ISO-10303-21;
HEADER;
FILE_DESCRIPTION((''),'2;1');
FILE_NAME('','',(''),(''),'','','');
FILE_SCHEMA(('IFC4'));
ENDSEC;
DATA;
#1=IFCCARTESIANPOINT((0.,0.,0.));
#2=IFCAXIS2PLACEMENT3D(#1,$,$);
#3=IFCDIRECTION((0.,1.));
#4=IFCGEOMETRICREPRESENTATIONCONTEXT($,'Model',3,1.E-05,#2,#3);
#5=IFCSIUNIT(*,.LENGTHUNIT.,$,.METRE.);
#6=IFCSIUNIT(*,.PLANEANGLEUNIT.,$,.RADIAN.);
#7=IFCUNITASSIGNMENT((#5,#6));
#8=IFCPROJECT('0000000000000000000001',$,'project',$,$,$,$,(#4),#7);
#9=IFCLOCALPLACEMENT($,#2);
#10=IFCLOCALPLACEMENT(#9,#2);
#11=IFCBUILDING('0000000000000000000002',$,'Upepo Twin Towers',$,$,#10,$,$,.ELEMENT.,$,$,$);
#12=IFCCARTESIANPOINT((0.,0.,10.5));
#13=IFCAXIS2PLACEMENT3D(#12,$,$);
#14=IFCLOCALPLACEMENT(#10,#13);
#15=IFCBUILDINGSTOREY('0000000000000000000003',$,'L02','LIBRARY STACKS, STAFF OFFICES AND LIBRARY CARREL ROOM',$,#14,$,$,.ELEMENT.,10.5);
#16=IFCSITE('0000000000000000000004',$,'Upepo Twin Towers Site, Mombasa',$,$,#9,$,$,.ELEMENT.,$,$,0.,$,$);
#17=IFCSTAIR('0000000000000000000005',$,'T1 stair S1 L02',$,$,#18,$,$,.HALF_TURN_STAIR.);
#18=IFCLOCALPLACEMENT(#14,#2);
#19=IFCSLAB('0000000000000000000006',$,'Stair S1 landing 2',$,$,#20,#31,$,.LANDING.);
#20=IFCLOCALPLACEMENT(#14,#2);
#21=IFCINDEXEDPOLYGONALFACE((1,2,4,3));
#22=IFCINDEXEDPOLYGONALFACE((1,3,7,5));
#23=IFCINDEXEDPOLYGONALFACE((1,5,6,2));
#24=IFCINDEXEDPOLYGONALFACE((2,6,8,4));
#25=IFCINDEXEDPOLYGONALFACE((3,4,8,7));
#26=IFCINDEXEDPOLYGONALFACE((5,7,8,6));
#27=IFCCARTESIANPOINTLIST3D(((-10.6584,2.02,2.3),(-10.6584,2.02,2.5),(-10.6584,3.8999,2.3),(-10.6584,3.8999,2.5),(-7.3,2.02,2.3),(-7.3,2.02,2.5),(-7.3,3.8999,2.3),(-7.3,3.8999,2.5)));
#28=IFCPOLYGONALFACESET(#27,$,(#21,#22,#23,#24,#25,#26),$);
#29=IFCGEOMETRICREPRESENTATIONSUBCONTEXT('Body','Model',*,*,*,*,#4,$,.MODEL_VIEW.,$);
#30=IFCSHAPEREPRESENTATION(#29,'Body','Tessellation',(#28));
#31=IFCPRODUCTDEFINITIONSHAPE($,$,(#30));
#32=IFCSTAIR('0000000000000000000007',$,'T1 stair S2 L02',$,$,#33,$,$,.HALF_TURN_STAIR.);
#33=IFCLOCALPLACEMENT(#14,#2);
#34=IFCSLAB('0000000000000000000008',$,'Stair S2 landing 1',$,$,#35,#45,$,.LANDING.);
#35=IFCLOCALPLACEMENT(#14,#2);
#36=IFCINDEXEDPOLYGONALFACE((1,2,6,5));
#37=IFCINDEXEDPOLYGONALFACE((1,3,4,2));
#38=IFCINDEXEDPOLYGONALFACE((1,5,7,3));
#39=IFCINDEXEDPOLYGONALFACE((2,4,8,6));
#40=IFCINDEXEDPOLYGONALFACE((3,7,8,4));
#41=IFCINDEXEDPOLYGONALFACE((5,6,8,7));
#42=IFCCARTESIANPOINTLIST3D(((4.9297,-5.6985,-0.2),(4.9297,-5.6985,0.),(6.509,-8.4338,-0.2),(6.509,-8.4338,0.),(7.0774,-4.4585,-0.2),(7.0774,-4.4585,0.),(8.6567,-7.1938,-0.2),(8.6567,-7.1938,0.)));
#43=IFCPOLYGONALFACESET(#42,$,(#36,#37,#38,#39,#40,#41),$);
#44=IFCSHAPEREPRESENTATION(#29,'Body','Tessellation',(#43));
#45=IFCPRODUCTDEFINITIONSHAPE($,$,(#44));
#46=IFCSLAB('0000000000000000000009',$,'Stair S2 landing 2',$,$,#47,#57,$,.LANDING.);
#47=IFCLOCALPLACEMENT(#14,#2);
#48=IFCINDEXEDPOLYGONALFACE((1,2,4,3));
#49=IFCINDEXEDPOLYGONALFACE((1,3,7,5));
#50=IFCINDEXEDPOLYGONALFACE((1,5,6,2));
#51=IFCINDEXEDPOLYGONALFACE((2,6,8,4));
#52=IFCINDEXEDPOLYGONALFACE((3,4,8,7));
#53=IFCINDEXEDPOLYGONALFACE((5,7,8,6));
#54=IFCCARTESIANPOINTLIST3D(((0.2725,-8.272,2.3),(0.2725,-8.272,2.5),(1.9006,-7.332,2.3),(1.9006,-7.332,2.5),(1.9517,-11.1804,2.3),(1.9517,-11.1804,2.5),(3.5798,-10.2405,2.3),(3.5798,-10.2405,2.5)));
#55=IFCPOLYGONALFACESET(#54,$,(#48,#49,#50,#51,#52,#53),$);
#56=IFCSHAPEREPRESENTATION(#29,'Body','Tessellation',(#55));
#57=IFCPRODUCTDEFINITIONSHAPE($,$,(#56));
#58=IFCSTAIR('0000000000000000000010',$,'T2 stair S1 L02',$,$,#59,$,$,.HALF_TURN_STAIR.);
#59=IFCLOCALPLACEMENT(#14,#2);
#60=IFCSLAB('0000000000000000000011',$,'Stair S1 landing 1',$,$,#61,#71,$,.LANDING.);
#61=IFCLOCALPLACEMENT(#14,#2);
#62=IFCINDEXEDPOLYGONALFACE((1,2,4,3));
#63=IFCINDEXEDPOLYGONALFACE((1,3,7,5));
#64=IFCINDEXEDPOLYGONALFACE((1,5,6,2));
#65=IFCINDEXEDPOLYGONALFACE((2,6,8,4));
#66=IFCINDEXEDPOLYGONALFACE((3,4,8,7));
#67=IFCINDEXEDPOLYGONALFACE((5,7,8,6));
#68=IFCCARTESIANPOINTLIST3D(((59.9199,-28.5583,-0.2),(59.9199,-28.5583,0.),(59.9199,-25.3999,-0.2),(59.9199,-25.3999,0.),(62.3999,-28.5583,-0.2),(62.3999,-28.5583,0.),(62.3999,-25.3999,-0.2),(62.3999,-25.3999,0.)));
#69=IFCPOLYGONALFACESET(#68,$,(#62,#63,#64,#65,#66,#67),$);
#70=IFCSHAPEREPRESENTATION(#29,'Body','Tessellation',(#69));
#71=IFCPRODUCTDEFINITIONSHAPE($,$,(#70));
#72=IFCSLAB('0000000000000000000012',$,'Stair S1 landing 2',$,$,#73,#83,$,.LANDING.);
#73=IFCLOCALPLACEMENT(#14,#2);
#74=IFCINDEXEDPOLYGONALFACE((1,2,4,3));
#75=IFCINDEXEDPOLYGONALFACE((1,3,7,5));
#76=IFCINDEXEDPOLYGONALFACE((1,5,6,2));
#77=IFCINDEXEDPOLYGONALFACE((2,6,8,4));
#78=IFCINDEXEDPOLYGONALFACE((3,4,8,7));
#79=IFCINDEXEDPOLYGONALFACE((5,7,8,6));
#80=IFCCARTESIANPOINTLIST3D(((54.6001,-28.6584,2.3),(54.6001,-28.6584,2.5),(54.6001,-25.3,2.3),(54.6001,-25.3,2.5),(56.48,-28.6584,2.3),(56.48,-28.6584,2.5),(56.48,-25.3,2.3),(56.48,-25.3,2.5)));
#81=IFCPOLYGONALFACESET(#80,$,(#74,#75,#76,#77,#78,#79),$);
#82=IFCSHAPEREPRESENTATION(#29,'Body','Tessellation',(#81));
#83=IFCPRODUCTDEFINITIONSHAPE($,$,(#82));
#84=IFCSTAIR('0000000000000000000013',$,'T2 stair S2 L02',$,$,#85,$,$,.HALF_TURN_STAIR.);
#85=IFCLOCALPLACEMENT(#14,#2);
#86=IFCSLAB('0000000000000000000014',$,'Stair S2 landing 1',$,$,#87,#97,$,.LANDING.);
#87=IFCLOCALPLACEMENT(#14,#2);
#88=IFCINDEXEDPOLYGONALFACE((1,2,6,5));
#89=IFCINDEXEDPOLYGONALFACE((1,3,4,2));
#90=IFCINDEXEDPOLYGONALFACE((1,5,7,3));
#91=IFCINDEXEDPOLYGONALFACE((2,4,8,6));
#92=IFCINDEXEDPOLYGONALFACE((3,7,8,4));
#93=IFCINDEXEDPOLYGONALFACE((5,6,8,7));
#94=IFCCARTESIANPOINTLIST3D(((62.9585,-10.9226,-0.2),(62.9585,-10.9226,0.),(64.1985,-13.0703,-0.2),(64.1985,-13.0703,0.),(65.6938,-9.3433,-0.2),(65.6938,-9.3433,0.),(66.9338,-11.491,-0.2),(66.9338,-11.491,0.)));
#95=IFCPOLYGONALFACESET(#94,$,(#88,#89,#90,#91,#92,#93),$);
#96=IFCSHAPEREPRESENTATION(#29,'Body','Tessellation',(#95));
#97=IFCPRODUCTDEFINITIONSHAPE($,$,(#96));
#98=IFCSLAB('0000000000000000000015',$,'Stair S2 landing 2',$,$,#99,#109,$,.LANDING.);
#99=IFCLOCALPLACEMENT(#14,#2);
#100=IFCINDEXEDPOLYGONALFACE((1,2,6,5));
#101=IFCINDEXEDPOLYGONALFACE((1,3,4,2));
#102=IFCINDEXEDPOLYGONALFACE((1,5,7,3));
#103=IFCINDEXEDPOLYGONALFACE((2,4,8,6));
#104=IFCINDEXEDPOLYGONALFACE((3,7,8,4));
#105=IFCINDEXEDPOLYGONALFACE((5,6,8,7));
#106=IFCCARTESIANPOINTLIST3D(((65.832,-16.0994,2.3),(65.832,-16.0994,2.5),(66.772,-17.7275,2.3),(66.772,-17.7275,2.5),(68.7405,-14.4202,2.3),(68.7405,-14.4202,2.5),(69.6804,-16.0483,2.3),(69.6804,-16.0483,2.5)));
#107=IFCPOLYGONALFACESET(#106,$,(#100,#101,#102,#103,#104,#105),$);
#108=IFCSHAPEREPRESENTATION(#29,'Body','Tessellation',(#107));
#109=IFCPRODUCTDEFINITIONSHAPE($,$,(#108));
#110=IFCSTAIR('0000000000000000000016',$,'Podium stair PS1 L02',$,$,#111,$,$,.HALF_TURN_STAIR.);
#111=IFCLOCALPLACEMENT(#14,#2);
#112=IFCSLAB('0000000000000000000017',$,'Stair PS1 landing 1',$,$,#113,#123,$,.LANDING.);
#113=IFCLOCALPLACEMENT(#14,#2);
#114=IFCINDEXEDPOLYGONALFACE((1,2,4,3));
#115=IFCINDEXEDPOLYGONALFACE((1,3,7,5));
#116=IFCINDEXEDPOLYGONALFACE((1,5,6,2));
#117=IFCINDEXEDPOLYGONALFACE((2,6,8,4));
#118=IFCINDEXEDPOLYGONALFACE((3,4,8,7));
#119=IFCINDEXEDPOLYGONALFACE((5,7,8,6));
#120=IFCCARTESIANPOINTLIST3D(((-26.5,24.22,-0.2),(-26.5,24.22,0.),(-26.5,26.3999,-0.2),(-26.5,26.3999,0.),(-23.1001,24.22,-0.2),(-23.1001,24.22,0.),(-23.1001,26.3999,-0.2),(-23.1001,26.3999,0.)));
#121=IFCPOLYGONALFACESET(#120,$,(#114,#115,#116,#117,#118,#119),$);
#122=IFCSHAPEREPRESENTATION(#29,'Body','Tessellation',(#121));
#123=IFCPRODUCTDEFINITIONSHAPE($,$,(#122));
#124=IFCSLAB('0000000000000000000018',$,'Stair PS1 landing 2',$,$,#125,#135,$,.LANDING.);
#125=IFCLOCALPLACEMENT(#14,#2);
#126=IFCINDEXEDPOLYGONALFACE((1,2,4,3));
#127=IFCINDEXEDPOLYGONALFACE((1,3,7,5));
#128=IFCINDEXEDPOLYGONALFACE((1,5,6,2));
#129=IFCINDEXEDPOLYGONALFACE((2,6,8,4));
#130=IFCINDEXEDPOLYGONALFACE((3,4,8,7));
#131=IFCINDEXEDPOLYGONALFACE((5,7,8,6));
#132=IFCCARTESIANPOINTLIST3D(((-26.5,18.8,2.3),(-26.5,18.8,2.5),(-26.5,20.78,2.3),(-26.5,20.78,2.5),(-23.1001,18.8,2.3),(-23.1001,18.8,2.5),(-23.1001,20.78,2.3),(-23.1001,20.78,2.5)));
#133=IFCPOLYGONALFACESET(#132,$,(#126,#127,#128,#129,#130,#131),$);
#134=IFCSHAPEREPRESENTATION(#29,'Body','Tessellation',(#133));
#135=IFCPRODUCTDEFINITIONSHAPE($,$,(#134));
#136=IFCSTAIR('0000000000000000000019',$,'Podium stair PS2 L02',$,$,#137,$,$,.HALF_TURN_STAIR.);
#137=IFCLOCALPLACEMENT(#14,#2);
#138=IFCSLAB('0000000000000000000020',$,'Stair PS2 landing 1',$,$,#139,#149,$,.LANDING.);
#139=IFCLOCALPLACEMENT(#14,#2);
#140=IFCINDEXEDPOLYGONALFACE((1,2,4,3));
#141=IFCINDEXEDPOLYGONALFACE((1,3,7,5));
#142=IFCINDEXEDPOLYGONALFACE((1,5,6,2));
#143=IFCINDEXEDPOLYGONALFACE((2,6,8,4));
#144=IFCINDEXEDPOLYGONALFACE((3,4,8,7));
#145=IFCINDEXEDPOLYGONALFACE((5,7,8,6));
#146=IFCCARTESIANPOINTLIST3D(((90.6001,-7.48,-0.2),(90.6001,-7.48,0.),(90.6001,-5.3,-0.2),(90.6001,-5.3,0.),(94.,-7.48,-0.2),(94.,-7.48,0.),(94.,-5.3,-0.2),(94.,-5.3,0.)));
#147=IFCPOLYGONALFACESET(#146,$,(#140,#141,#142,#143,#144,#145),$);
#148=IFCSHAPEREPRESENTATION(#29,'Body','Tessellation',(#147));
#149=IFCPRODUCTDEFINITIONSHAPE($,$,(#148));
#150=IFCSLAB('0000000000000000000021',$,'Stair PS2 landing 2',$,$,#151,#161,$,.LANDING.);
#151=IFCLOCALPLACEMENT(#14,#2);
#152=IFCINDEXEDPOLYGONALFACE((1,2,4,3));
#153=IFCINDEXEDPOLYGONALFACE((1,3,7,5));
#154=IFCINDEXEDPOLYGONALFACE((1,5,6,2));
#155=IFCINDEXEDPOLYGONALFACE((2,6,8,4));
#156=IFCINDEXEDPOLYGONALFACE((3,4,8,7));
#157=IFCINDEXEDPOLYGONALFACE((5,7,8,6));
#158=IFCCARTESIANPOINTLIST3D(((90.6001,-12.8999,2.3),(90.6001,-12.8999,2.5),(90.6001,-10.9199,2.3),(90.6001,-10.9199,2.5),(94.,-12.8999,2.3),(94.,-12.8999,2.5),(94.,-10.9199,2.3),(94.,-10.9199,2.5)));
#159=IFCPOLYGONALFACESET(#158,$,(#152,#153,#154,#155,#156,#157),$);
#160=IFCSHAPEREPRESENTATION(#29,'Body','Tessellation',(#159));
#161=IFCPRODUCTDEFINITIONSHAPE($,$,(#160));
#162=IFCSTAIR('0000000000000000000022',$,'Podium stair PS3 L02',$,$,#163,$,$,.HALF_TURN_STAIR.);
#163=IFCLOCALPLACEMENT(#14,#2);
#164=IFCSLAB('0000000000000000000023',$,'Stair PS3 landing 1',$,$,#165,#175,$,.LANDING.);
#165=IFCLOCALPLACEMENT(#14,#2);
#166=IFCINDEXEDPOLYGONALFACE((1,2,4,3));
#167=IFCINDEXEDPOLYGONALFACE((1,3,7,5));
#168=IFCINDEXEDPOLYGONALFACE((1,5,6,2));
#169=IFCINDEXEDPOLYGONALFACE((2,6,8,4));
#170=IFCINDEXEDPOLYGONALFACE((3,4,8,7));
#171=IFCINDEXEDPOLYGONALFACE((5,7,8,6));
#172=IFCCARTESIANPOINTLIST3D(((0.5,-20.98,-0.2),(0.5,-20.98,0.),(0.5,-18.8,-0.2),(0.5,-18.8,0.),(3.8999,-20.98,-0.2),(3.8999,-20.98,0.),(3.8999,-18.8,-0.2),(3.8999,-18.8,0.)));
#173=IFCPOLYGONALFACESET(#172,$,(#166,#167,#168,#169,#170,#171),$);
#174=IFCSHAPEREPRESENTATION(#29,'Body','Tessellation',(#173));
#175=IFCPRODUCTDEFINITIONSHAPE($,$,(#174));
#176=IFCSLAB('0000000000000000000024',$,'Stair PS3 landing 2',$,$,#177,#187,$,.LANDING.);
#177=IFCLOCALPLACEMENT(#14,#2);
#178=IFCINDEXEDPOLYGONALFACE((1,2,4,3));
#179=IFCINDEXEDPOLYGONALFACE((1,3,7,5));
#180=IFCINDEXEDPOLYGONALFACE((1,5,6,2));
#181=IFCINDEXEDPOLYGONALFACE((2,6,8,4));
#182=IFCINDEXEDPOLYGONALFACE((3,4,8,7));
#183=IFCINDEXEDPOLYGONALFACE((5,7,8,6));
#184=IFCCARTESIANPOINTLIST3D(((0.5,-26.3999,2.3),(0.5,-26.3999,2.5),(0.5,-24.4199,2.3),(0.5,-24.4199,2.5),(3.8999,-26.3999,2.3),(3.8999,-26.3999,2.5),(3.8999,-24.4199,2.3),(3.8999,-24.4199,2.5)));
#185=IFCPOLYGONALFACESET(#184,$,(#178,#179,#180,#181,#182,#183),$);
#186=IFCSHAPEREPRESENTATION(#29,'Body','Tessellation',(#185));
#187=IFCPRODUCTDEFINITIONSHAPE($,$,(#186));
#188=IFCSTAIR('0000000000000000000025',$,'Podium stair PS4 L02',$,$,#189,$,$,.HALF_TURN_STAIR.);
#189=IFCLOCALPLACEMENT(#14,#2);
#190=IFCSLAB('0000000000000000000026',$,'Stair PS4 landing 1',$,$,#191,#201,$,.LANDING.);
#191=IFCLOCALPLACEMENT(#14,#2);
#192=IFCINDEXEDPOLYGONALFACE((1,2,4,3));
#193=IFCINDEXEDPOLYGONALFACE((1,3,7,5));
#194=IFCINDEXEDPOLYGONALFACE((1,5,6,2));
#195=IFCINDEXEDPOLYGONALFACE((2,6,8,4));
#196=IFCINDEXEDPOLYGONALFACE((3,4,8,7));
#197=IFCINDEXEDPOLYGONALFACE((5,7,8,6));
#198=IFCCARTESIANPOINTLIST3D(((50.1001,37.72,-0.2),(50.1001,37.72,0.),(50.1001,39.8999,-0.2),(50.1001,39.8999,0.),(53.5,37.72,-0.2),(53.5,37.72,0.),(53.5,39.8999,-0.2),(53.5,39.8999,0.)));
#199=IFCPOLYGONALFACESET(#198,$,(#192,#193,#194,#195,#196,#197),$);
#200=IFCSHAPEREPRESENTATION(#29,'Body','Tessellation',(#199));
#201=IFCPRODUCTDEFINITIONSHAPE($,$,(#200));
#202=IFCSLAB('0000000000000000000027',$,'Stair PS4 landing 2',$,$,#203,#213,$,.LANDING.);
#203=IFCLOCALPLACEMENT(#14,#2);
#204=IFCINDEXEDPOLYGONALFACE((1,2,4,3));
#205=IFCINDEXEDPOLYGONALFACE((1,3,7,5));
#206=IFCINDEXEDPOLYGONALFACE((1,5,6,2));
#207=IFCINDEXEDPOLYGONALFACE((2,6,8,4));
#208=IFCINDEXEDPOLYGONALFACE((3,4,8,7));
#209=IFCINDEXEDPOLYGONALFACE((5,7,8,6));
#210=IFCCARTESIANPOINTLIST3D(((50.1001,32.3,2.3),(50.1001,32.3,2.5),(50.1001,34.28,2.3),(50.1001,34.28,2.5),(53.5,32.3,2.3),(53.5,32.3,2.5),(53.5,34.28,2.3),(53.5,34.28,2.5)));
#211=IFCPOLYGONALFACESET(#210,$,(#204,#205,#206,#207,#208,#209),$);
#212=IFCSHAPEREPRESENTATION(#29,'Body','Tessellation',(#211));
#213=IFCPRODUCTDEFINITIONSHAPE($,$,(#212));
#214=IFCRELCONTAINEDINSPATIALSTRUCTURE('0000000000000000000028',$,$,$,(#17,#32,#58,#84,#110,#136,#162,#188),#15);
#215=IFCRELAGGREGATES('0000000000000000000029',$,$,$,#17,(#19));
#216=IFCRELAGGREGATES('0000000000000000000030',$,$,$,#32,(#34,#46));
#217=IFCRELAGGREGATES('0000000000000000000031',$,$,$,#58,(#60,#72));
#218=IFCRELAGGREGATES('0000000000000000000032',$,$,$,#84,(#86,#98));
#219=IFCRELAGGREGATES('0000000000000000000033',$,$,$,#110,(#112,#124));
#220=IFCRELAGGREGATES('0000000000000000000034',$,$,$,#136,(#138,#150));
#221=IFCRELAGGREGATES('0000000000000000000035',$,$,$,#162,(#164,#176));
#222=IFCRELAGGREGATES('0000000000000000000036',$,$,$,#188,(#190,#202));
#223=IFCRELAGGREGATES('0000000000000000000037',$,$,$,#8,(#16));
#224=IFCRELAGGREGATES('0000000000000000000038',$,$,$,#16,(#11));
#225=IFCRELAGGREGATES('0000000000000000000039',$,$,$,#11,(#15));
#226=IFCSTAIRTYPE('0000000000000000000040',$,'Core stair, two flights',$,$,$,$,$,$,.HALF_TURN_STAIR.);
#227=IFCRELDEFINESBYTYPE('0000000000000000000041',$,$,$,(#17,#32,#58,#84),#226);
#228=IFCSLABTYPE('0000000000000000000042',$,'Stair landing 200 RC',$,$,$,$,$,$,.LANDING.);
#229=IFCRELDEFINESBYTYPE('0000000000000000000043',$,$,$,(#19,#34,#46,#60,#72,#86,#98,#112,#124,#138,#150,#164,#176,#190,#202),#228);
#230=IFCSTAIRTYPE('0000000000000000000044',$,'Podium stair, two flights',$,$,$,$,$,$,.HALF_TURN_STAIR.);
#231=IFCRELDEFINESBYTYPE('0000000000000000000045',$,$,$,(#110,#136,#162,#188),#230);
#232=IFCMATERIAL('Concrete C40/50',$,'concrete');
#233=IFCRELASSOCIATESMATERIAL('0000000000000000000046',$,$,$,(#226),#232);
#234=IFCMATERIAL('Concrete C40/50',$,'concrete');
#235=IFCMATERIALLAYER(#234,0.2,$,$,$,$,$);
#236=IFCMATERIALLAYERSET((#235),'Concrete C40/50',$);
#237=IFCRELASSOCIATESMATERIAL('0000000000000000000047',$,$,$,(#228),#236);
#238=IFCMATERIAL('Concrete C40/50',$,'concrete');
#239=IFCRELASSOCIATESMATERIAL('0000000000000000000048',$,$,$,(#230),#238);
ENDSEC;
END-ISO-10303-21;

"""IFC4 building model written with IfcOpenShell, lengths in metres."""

from ifc_helpers import new_model, si_unit, direction, frame, origin, place, context, subcontext, project, spatial, polyline, outline, extrude, material, layer, layer_set, type_object, element, aggregate, save


model = new_model("IFC4")

# Units and contexts
model_context = context("Model", 3, precision=1e-05, world=origin(), true_north=direction((0.0, 1.0)))
body_context = subcontext(model_context, "Body", "Model", "MODEL_VIEW")
ifc_project = project(units=[si_unit("LENGTHUNIT", "METRE"), si_unit("PLANEANGLEUNIT", "RADIAN")], contexts=[model_context])

# Site, building, storey
site_placement = place(None, origin())
site = spatial("IfcSite", under=ifc_project, at=site_placement, Name="Upepo Twin Towers Site, Mombasa", CompositionType="ELEMENT", RefElevation=0.0)
building_placement = place(site_placement, origin())
building = spatial("IfcBuilding", under=site, at=building_placement, Name="Upepo Twin Towers", CompositionType="ELEMENT")
storey_placement = place(building_placement, frame((0.0, 0.0, 10.5)))
storey = spatial("IfcBuildingStorey", under=building, at=storey_placement, Name="L02", Description="LIBRARY STACKS, STAFF OFFICES AND LIBRARY CARREL ROOM", CompositionType="ELEMENT", Elevation=10.5)

# Stair, slab
ifc_material_1 = material(Name="Concrete C40/50", Category="concrete")
stair_type_1 = type_object("IfcStairType", Name="Core stair, two flights", PredefinedType="HALF_TURN_STAIR", material=ifc_material_1)
stair_1_placement = place(storey_placement, origin())
stair_1 = element("IfcStair", 1, at=stair_1_placement, inside=storey, type_object=stair_type_1, Name="T1 stair S1 L02", PredefinedType="HALF_TURN_STAIR")
ifc_material_2 = material(Name="Concrete C40/50", Category="concrete")
ifc_layer_1 = layer(ifc_material_2, 0.2)
ifc_layer_set_1 = layer_set([ifc_layer_1], Name="Concrete C40/50")
slab_type = type_object("IfcSlabType", Name="Stair landing 200 RC", PredefinedType="LANDING", material=ifc_layer_set_1)
slab_1_placement = place(storey_placement, frame((0.0, 0.0, 2.3)))
slab_1 = element("IfcSlab", 2, at=slab_1_placement, type_object=slab_type, Name="Stair S1 landing 2", PredefinedType="LANDING", context=body_context, shape_type="SweptSolid", body=[
    extrude(outline(polyline([(-7.3, 3.8999), (-10.6584, 3.8999), (-10.6584, 2.02), (-7.3, 2.02), (-7.3, 3.8999)])), origin(), (0.0, 0.0, 1.0), 0.2),
])
aggregate(stair_1, [slab_1])

# Stairs, slabs
stair_2_placement = place(storey_placement, origin())
stair_2 = element("IfcStair", 3, at=stair_2_placement, inside=storey, type_object=stair_type_1, Name="T1 stair S2 L02", PredefinedType="HALF_TURN_STAIR")
slab_2_placement = place(storey_placement, frame((0.0, 0.0, -0.2)))
slab_2 = element("IfcSlab", 4, at=slab_2_placement, type_object=slab_type, Name="Stair S2 landing 1", PredefinedType="LANDING", context=body_context, shape_type="SweptSolid", body=[
    extrude(outline(polyline([(4.9297, -5.6985), (6.509, -8.4338), (8.6567, -7.1938), (7.0774, -4.4585), (4.9297, -5.6985)])), origin(), (0.0, 0.0, 1.0), 0.2),
])
slab_3_placement = place(storey_placement, frame((0.0, 0.0, 2.3)))
slab_3 = element("IfcSlab", 5, at=slab_3_placement, type_object=slab_type, Name="Stair S2 landing 2", PredefinedType="LANDING", context=body_context, shape_type="SweptSolid", body=[
    extrude(outline(polyline([(0.2725, -8.272), (1.9517, -11.1804), (3.5798, -10.2405), (1.9006, -7.332), (0.2725, -8.272)])), origin(), (0.0, 0.0, 1.0), 0.2),
])
aggregate(stair_2, [slab_2, slab_3])
stair_3_placement = place(storey_placement, origin())
stair_3 = element("IfcStair", 6, at=stair_3_placement, inside=storey, type_object=stair_type_1, Name="T2 stair S1 L02", PredefinedType="HALF_TURN_STAIR")
slab_4_placement = place(storey_placement, frame((0.0, 0.0, -0.2)))
slab_4 = element("IfcSlab", 7, at=slab_4_placement, type_object=slab_type, Name="Stair S1 landing 1", PredefinedType="LANDING", context=body_context, shape_type="SweptSolid", body=[
    extrude(outline(polyline([(59.9199, -25.3999), (59.9199, -28.5583), (62.3999, -28.5583), (62.3999, -25.3999), (59.9199, -25.3999)])), origin(), (0.0, 0.0, 1.0), 0.2),
])
slab_5_placement = place(storey_placement, frame((0.0, 0.0, 2.3)))
slab_5 = element("IfcSlab", 8, at=slab_5_placement, type_object=slab_type, Name="Stair S1 landing 2", PredefinedType="LANDING", context=body_context, shape_type="SweptSolid", body=[
    extrude(outline(polyline([(54.6001, -25.3), (54.6001, -28.6584), (56.48, -28.6584), (56.48, -25.3), (54.6001, -25.3)])), origin(), (0.0, 0.0, 1.0), 0.2),
])
aggregate(stair_3, [slab_4, slab_5])
stair_4_placement = place(storey_placement, origin())
stair_4 = element("IfcStair", 9, at=stair_4_placement, inside=storey, type_object=stair_type_1, Name="T2 stair S2 L02", PredefinedType="HALF_TURN_STAIR")
slab_6_placement = place(storey_placement, frame((0.0, 0.0, -0.2)))
slab_6 = element("IfcSlab", 10, at=slab_6_placement, type_object=slab_type, Name="Stair S2 landing 1", PredefinedType="LANDING", context=body_context, shape_type="SweptSolid", body=[
    extrude(outline(polyline([(64.1985, -13.0703), (66.9338, -11.491), (65.6938, -9.3433), (62.9585, -10.9226), (64.1985, -13.0703)])), origin(), (0.0, 0.0, 1.0), 0.2),
])
slab_7_placement = place(storey_placement, frame((0.0, 0.0, 2.3)))
slab_7 = element("IfcSlab", 11, at=slab_7_placement, type_object=slab_type, Name="Stair S2 landing 2", PredefinedType="LANDING", context=body_context, shape_type="SweptSolid", body=[
    extrude(outline(polyline([(66.772, -17.7275), (69.6804, -16.0483), (68.7405, -14.4202), (65.832, -16.0994), (66.772, -17.7275)])), origin(), (0.0, 0.0, 1.0), 0.2),
])
aggregate(stair_4, [slab_6, slab_7])
ifc_material_3 = material(Name="Concrete C40/50", Category="concrete")
stair_type_2 = type_object("IfcStairType", Name="Podium stair, two flights", PredefinedType="HALF_TURN_STAIR", material=ifc_material_3)
stair_5_placement = place(storey_placement, origin())
stair_5 = element("IfcStair", 12, at=stair_5_placement, inside=storey, type_object=stair_type_2, Name="Podium stair PS1 L02", PredefinedType="HALF_TURN_STAIR")
slab_8_placement = place(storey_placement, frame((0.0, 0.0, -0.2)))
slab_8 = element("IfcSlab", 13, at=slab_8_placement, type_object=slab_type, Name="Stair PS1 landing 1", PredefinedType="LANDING", context=body_context, shape_type="SweptSolid", body=[
    extrude(outline(polyline([(-26.5, 24.22), (-23.1001, 24.22), (-23.1001, 26.3999), (-26.5, 26.3999), (-26.5, 24.22)])), origin(), (0.0, 0.0, 1.0), 0.2),
])
slab_9_placement = place(storey_placement, frame((0.0, 0.0, 2.3)))
slab_9 = element("IfcSlab", 14, at=slab_9_placement, type_object=slab_type, Name="Stair PS1 landing 2", PredefinedType="LANDING", context=body_context, shape_type="SweptSolid", body=[
    extrude(outline(polyline([(-26.5, 18.8), (-23.1001, 18.8), (-23.1001, 20.78), (-26.5, 20.78), (-26.5, 18.8)])), origin(), (0.0, 0.0, 1.0), 0.2),
])
aggregate(stair_5, [slab_8, slab_9])
stair_6_placement = place(storey_placement, origin())
stair_6 = element("IfcStair", 15, at=stair_6_placement, inside=storey, type_object=stair_type_2, Name="Podium stair PS2 L02", PredefinedType="HALF_TURN_STAIR")
slab_10_placement = place(storey_placement, frame((0.0, 0.0, -0.2)))
slab_10 = element("IfcSlab", 16, at=slab_10_placement, type_object=slab_type, Name="Stair PS2 landing 1", PredefinedType="LANDING", context=body_context, shape_type="SweptSolid", body=[
    extrude(outline(polyline([(90.6001, -7.48), (94.0, -7.48), (94.0, -5.3), (90.6001, -5.3), (90.6001, -7.48)])), origin(), (0.0, 0.0, 1.0), 0.2),
])
slab_11_placement = place(storey_placement, frame((0.0, 0.0, 2.3)))
slab_11 = element("IfcSlab", 17, at=slab_11_placement, type_object=slab_type, Name="Stair PS2 landing 2", PredefinedType="LANDING", context=body_context, shape_type="SweptSolid", body=[
    extrude(outline(polyline([(90.6001, -12.8999), (94.0, -12.8999), (94.0, -10.9199), (90.6001, -10.9199), (90.6001, -12.8999)])), origin(), (0.0, 0.0, 1.0), 0.2),
])
aggregate(stair_6, [slab_10, slab_11])
stair_7_placement = place(storey_placement, origin())
stair_7 = element("IfcStair", 18, at=stair_7_placement, inside=storey, type_object=stair_type_2, Name="Podium stair PS3 L02", PredefinedType="HALF_TURN_STAIR")
slab_12_placement = place(storey_placement, frame((0.0, 0.0, -0.2)))
slab_12 = element("IfcSlab", 19, at=slab_12_placement, type_object=slab_type, Name="Stair PS3 landing 1", PredefinedType="LANDING", context=body_context, shape_type="SweptSolid", body=[
    extrude(outline(polyline([(0.5, -20.98), (3.8999, -20.98), (3.8999, -18.8), (0.5, -18.8), (0.5, -20.98)])), origin(), (0.0, 0.0, 1.0), 0.2),
])
slab_13_placement = place(storey_placement, frame((0.0, 0.0, 2.3)))
slab_13 = element("IfcSlab", 20, at=slab_13_placement, type_object=slab_type, Name="Stair PS3 landing 2", PredefinedType="LANDING", context=body_context, shape_type="SweptSolid", body=[
    extrude(outline(polyline([(0.5, -26.3999), (3.8999, -26.3999), (3.8999, -24.4199), (0.5, -24.4199), (0.5, -26.3999)])), origin(), (0.0, 0.0, 1.0), 0.2),
])
aggregate(stair_7, [slab_12, slab_13])
stair_8_placement = place(storey_placement, origin())
stair_8 = element("IfcStair", 21, at=stair_8_placement, inside=storey, type_object=stair_type_2, Name="Podium stair PS4 L02", PredefinedType="HALF_TURN_STAIR")
slab_14_placement = place(storey_placement, frame((0.0, 0.0, -0.2)))
slab_14 = element("IfcSlab", 22, at=slab_14_placement, type_object=slab_type, Name="Stair PS4 landing 1", PredefinedType="LANDING", context=body_context, shape_type="SweptSolid", body=[
    extrude(outline(polyline([(50.1001, 37.72), (53.5, 37.72), (53.5, 39.8999), (50.1001, 39.8999), (50.1001, 37.72)])), origin(), (0.0, 0.0, 1.0), 0.2),
])
slab_15_placement = place(storey_placement, frame((0.0, 0.0, 2.3)))
slab_15 = element("IfcSlab", 23, at=slab_15_placement, type_object=slab_type, Name="Stair PS4 landing 2", PredefinedType="LANDING", context=body_context, shape_type="SweptSolid", body=[
    extrude(outline(polyline([(50.1001, 32.3), (53.5, 32.3), (53.5, 34.28), (50.1001, 34.28), (50.1001, 32.3)])), origin(), (0.0, 0.0, 1.0), 0.2),
])
aggregate(stair_8, [slab_14, slab_15])

save(model, "model.ifc")
